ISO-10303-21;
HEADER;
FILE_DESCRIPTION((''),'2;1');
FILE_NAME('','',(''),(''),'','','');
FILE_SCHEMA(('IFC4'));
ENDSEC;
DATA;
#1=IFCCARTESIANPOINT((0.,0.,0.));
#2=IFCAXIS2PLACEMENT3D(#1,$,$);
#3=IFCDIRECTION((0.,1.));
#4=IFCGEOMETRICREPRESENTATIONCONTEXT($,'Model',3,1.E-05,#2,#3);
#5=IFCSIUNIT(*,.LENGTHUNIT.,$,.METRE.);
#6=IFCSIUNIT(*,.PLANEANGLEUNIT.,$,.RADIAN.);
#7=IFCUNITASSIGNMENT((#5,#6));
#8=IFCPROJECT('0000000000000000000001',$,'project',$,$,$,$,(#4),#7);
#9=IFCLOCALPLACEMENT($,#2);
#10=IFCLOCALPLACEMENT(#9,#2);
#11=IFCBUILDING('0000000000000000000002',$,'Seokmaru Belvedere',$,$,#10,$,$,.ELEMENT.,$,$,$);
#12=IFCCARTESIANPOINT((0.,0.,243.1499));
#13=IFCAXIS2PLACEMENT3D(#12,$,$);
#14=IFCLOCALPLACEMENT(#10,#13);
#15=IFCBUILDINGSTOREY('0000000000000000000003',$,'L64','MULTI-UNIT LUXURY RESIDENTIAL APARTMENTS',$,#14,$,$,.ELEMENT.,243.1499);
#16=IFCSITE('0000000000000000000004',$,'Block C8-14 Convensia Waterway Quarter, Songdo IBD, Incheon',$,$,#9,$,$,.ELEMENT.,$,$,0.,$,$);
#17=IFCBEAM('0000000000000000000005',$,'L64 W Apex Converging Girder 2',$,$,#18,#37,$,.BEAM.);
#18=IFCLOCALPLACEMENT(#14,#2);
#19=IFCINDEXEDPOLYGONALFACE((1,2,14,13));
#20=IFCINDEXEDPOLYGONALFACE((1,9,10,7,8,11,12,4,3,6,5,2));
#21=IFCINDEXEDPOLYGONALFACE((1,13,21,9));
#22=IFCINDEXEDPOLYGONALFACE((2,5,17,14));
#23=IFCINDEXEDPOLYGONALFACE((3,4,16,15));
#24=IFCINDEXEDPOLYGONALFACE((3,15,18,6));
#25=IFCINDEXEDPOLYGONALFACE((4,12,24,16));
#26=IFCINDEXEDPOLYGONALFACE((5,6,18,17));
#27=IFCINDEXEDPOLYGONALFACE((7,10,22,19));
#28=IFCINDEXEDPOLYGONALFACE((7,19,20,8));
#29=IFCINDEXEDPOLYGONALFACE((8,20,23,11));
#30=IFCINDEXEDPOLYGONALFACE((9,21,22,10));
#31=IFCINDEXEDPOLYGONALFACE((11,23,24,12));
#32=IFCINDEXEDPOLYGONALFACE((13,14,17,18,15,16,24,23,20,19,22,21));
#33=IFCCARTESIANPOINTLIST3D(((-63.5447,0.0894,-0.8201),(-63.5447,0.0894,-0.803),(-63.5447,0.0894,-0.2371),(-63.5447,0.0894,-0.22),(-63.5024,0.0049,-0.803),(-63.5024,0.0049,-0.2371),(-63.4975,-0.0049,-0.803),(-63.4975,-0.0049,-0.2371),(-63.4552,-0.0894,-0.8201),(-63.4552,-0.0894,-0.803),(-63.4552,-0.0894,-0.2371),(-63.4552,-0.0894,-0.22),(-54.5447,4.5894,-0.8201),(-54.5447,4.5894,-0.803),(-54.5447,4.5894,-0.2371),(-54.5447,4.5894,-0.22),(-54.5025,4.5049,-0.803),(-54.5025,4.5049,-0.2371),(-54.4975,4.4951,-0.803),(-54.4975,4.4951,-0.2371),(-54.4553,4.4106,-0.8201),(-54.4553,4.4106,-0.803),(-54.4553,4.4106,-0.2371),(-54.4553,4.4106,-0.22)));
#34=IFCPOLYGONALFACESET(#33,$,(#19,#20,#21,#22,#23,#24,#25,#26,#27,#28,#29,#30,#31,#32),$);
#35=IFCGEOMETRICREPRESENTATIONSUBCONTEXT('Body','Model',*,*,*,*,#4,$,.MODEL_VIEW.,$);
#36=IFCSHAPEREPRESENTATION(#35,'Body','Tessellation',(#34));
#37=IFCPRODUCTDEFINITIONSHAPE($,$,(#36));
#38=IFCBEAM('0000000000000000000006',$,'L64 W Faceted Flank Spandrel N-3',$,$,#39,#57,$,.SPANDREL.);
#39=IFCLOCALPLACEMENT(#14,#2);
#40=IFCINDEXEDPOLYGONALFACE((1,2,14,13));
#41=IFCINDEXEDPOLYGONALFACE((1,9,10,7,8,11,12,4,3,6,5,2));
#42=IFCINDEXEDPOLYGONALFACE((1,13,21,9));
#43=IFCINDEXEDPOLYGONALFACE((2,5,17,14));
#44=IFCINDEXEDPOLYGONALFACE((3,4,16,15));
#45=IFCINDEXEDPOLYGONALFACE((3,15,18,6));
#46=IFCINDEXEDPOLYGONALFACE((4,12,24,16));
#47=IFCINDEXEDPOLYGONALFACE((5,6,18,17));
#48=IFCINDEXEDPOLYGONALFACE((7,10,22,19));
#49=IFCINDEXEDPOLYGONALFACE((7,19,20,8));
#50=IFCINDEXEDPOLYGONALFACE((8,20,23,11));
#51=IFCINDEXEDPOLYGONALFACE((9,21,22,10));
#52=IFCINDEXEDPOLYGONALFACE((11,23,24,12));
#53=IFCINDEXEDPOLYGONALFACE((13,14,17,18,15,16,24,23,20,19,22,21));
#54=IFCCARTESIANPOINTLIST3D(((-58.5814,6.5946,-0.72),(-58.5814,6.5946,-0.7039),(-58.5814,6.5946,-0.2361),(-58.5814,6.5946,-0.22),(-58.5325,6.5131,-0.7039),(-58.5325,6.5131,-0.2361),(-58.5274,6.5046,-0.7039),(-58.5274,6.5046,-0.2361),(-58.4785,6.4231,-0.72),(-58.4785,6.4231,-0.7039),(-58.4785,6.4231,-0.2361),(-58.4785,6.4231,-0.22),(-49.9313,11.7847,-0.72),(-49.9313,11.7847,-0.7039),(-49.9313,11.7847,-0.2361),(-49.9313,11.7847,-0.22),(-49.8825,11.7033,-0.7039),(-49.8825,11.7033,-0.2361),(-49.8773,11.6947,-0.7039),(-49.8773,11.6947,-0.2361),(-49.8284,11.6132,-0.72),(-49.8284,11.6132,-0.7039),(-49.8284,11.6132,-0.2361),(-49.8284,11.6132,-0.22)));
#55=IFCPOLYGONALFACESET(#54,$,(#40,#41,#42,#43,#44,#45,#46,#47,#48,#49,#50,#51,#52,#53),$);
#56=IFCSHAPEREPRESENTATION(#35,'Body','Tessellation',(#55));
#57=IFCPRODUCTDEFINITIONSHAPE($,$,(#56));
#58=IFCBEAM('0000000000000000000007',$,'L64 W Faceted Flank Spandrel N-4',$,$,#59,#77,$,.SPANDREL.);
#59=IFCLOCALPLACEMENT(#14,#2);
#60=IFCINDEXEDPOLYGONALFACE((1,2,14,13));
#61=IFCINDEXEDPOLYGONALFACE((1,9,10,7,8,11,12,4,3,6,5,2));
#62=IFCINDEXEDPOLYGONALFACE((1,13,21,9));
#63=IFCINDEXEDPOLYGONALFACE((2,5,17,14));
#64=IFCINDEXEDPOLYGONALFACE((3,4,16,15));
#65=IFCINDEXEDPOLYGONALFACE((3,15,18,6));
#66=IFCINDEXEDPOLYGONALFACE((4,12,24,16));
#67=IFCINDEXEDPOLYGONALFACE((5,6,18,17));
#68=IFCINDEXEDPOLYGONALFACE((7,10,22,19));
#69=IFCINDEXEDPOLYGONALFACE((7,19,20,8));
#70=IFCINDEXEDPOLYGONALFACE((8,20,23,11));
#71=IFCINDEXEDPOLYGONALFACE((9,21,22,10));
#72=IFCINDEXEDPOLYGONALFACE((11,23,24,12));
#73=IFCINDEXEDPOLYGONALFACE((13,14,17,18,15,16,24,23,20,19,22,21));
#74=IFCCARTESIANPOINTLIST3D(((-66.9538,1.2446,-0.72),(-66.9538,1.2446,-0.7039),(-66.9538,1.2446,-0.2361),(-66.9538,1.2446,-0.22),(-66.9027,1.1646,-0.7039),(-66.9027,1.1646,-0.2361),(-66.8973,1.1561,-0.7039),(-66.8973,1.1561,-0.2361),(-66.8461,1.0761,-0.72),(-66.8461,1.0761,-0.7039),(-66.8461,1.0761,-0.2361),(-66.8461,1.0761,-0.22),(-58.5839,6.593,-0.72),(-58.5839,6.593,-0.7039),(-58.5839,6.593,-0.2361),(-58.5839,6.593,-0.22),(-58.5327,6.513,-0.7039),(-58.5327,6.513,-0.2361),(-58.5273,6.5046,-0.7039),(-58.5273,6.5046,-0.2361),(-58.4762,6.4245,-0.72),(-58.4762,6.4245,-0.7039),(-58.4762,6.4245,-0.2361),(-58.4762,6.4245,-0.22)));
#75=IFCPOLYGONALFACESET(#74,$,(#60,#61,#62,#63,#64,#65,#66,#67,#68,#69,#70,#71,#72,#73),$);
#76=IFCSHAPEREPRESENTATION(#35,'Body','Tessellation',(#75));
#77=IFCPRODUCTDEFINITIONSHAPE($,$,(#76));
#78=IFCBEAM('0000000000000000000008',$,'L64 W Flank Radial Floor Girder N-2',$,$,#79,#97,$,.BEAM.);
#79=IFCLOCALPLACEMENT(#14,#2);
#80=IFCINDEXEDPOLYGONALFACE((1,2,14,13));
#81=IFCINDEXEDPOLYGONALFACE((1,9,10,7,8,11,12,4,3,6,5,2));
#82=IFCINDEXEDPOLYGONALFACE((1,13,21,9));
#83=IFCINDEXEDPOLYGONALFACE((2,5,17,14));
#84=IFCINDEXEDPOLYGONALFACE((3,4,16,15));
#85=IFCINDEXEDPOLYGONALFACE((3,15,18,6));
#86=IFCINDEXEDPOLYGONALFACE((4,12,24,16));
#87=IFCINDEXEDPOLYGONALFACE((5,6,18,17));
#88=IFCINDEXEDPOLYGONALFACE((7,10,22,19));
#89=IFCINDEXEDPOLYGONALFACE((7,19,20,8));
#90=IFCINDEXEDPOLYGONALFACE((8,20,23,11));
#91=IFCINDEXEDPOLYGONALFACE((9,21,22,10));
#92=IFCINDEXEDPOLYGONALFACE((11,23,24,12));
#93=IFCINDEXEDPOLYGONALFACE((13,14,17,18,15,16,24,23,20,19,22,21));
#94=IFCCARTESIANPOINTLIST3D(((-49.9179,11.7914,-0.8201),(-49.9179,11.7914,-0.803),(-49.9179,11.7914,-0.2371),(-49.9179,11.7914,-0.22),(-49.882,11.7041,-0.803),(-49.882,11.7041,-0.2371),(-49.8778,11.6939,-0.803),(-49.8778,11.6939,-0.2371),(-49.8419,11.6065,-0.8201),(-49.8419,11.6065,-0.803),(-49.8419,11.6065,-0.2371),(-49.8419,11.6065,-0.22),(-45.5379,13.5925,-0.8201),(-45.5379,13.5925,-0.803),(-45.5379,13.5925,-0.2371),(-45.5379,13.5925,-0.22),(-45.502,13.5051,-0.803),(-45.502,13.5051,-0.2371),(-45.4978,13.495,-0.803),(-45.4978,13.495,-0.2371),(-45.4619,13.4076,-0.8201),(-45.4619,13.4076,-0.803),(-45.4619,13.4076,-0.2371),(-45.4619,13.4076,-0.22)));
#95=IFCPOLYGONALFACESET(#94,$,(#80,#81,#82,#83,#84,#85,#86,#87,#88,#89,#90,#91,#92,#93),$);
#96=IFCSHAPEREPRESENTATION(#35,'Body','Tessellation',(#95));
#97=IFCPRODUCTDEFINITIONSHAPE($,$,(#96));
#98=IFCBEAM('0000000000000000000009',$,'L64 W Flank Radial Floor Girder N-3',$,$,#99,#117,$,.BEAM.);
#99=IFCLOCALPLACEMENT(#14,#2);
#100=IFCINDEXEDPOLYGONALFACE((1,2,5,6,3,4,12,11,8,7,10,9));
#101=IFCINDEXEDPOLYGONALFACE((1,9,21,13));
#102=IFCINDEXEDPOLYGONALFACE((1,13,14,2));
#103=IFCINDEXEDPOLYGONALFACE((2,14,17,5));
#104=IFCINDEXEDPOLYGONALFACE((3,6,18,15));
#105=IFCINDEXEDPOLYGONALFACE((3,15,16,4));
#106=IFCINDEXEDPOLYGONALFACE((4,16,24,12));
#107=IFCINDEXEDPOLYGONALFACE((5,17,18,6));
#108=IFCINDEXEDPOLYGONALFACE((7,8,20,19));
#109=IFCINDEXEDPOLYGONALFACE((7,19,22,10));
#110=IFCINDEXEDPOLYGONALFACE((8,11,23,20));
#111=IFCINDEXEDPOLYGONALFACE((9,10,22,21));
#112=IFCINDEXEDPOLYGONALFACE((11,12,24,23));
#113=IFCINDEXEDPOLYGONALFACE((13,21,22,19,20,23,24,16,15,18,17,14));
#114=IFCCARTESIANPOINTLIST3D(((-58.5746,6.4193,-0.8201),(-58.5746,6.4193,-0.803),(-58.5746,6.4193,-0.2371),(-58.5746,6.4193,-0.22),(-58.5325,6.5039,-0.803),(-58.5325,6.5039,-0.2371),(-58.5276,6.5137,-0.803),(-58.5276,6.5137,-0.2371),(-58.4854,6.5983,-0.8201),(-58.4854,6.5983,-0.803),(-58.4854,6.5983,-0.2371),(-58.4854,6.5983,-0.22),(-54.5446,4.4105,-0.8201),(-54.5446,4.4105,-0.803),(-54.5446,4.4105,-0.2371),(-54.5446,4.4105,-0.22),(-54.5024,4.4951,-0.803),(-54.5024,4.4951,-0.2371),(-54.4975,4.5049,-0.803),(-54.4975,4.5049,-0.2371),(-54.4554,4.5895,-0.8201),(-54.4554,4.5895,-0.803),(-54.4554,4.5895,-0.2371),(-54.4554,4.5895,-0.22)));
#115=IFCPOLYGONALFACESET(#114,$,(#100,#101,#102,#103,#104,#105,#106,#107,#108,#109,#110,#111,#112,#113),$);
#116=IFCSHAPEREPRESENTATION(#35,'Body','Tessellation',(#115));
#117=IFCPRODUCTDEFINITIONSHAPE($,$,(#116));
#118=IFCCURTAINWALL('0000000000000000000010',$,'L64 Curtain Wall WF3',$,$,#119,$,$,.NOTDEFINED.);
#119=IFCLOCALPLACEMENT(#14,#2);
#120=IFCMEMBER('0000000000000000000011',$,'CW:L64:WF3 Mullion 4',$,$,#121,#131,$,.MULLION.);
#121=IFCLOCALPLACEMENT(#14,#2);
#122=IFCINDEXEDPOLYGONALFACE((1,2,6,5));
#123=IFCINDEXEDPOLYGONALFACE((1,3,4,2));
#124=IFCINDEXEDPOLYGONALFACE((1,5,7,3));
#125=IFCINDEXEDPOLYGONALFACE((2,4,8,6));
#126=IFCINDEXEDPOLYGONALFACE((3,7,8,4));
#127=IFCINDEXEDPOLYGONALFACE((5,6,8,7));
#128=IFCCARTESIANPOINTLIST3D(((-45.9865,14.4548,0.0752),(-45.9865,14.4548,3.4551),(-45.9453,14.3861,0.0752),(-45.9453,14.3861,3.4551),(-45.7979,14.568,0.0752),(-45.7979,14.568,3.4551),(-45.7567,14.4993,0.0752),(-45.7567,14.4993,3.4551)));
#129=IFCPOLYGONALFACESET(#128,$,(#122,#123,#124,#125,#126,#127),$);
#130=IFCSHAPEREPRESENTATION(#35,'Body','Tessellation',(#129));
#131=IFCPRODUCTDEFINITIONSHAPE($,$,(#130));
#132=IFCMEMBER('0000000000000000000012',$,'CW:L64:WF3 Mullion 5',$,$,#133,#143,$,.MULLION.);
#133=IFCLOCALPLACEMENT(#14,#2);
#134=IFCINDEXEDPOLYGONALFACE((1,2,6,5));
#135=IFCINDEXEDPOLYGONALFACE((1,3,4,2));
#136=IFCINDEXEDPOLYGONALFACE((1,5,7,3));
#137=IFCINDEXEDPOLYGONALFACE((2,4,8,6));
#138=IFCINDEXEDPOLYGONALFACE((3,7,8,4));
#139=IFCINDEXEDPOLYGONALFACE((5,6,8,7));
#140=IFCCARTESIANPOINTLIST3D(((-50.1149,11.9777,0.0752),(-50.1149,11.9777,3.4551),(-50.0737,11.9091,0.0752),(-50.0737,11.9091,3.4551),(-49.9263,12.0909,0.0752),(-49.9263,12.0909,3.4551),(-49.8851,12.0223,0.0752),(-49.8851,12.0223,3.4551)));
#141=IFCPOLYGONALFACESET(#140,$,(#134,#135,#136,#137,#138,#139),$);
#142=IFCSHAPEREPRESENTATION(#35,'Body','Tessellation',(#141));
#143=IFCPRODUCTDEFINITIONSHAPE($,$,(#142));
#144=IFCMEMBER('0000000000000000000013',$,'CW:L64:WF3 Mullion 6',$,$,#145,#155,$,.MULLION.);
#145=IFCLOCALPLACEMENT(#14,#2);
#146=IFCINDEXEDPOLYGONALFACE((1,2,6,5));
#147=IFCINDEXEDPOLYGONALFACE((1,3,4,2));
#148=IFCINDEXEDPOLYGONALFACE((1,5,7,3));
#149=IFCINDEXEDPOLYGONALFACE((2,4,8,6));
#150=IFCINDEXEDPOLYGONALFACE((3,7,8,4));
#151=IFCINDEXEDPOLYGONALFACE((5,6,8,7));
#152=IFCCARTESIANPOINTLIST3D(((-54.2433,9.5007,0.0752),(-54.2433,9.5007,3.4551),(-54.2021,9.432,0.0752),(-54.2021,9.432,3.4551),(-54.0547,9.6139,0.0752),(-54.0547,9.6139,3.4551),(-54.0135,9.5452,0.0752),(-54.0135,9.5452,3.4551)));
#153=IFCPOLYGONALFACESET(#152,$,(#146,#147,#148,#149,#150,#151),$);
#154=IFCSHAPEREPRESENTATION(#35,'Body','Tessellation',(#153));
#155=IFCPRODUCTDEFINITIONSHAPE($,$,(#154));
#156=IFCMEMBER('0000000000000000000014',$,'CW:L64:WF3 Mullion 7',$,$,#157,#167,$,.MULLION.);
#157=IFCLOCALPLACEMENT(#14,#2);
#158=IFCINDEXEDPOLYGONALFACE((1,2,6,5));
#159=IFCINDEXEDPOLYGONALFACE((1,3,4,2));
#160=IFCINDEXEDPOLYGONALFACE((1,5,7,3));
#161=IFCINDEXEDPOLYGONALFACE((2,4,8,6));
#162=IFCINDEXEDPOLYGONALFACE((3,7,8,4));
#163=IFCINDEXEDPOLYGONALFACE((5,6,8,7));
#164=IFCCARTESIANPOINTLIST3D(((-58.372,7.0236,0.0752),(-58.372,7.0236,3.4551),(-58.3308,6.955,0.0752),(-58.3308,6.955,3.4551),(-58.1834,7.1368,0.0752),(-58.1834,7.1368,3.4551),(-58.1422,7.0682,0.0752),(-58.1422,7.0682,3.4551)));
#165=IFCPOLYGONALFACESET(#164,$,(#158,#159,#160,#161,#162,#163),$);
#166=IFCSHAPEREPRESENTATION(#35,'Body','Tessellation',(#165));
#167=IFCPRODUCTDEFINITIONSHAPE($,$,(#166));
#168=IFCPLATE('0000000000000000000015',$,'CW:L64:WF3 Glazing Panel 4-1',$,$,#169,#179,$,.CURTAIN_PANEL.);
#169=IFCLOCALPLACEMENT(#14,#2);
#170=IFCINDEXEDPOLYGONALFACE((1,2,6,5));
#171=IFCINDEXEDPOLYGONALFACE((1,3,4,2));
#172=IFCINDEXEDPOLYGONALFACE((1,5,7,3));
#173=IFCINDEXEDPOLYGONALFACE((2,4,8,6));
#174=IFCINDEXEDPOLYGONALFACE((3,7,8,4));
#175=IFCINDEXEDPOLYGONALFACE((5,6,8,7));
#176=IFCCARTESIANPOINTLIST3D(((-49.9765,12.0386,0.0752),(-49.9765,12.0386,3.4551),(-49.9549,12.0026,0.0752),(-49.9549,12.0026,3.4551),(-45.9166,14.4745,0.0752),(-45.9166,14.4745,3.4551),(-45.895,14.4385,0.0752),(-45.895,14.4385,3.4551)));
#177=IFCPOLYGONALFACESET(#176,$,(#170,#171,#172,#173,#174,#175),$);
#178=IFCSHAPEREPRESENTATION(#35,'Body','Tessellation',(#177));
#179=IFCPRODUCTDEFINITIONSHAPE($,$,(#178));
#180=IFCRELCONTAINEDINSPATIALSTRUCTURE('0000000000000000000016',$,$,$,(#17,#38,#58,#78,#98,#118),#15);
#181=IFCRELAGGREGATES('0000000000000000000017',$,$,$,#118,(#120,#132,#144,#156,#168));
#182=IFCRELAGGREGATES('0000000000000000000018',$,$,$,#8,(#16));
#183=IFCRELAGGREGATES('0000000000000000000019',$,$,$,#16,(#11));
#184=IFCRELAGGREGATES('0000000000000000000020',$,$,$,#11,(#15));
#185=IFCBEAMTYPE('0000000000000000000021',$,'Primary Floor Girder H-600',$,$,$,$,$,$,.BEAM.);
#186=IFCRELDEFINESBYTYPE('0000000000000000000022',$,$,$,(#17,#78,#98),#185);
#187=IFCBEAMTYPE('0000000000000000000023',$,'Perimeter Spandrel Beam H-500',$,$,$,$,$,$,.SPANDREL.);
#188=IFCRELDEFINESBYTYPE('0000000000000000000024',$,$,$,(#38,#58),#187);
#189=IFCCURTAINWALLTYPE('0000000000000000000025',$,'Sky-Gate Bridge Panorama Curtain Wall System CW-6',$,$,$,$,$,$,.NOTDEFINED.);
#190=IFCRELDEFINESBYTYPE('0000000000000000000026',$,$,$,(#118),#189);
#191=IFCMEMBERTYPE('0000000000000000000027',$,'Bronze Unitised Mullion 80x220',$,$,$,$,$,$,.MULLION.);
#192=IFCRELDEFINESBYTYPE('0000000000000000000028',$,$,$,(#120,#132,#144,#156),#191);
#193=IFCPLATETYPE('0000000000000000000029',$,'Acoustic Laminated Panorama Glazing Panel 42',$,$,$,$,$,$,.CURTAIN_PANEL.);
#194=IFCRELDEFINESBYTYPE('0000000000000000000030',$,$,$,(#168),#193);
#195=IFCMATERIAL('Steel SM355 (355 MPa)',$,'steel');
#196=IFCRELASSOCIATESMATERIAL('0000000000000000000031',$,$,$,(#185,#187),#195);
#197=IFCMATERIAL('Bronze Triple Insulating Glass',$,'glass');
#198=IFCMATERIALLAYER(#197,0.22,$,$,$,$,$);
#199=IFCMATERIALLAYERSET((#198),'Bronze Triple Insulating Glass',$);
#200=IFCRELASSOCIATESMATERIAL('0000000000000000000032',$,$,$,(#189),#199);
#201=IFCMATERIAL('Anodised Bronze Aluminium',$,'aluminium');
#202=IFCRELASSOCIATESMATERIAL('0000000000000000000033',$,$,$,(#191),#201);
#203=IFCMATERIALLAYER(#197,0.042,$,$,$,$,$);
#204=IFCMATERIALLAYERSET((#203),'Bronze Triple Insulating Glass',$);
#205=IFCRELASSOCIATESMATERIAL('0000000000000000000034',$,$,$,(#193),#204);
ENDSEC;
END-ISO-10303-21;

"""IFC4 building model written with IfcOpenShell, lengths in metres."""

from ifc_helpers import new_model, si_unit, direction, frame, origin, origin_2d, place, context, subcontext, project, spatial, rectangle, i_section, extrude, source, transform, mapped, material, layer, layer_set, material_profile, profile_set, type_object, type_shapes, element, aggregate, save


model = new_model("IFC4")

# Units and contexts
model_context = context("Model", 3, precision=1e-05, world=origin(), true_north=direction((0.0, 1.0)))
body_context = subcontext(model_context, "Body", "Model", "MODEL_VIEW")
ifc_project = project(units=[si_unit("LENGTHUNIT", "METRE"), si_unit("PLANEANGLEUNIT", "RADIAN")], contexts=[model_context])

# Site, building, storey
site_placement = place(None, origin())
site = spatial("IfcSite", under=ifc_project, at=site_placement, Name="Block C8-14 Convensia Waterway Quarter, Songdo IBD, Incheon", CompositionType="ELEMENT", RefElevation=0.0)
building_placement = place(site_placement, origin())
building = spatial("IfcBuilding", under=site, at=building_placement, Name="Seokmaru Belvedere", CompositionType="ELEMENT")
storey_placement = place(building_placement, frame((0.0, 0.0, 243.1499)))
storey = spatial("IfcBuildingStorey", under=building, at=storey_placement, Name="L64", Description="MULTI-UNIT LUXURY RESIDENTIAL APARTMENTS", CompositionType="ELEMENT", Elevation=243.1499)

# Shared definitions
ifc_material_1 = material(Name="Steel SM355 (355 MPa)", Category="steel")

# Beams
ifc_material_profile_1 = material_profile(ifc_material_1, i_section(OverallWidth=0.2, OverallDepth=0.6001, WebThickness=0.011, FlangeThickness=0.0171, at=origin_2d()), Name="H-600x200x11x17")
ifc_profile_set_1 = profile_set([ifc_material_profile_1], Name="Steel SM355 (355 MPa)")
beam_type_1 = type_object("IfcBeamType", Name="Primary Floor Girder H-600", PredefinedType="BEAM", material=ifc_profile_set_1)
shared_shape_1 = source(origin(), body_context, "Body", "SweptSolid", [
    extrude(i_section(OverallWidth=0.2, OverallDepth=0.6001, WebThickness=0.011, FlangeThickness=0.0171, at=origin_2d()), origin(), (0.0, 0.0, 1.0), 10.0623),
])
beam_1_placement = place(storey_placement, frame((-54.5, 4.5, -0.52), z_axis=(-0.894427, -0.447214, 0.0), x_axis=(0.447214, -0.894427, 0.0)))
element("IfcBeam", 1, at=beam_1_placement, inside=storey, type_object=beam_type_1, Name="L64 W Apex Converging Girder 2", PredefinedType="BEAM", context=body_context, shape_type="MappedRepresentation", body=[
    mapped(shared_shape_1, transform((0.0, 0.0, 0.0), scale=1.0)),
])
ifc_material_profile_2 = material_profile(ifc_material_1, i_section(OverallWidth=0.2, OverallDepth=0.5, WebThickness=0.01, FlangeThickness=0.0161, at=origin_2d()), Name="H-500x200x10x16")
ifc_profile_set_2 = profile_set([ifc_material_profile_2], Name="Steel SM355 (355 MPa)")
beam_type_2 = type_object("IfcBeamType", Name="Perimeter Spandrel Beam H-500", PredefinedType="SPANDREL", material=ifc_profile_set_2)
shared_shape_2 = source(origin(), body_context, "Body", "SweptSolid", [
    extrude(i_section(OverallWidth=0.2, OverallDepth=0.5, WebThickness=0.01, FlangeThickness=0.0161, at=origin_2d()), origin(), (0.0, 0.0, 1.0), 10.0876),
])
beam_2_placement = place(storey_placement, frame((-49.8799, 11.699, -0.47), z_axis=(-0.857489, -0.514503, 0.0), x_axis=(0.514503, -0.857489, 0.0)))
element("IfcBeam", 2, at=beam_2_placement, inside=storey, type_object=beam_type_2, Name="L64 W Faceted Flank Spandrel N-3", PredefinedType="SPANDREL", context=body_context, shape_type="MappedRepresentation", body=[
    mapped(shared_shape_2, transform((0.0, 0.0, 0.0), scale=1.0)),
])
shared_shape_3 = source(origin(), body_context, "Body", "SweptSolid", [
    extrude(i_section(OverallWidth=0.2, OverallDepth=0.5, WebThickness=0.01, FlangeThickness=0.0161, at=origin_2d()), origin(), (0.0, 0.0, 1.0), 9.9329),
])
type_shapes(beam_type_2, [shared_shape_2, shared_shape_3])
beam_3_placement = place(storey_placement, frame((-58.53, 6.5088, -0.47), z_axis=(-0.842652, -0.538459, 0.0), x_axis=(0.538459, -0.842652, 0.0)))
element("IfcBeam", 3, at=beam_3_placement, inside=storey, type_object=beam_type_2, Name="L64 W Faceted Flank Spandrel N-4", PredefinedType="SPANDREL", context=body_context, shape_type="MappedRepresentation", body=[
    mapped(shared_shape_3, transform((0.0, 0.0, 0.0), scale=1.0)),
])
shared_shape_4 = source(origin(), body_context, "Body", "SweptSolid", [
    extrude(i_section(OverallWidth=0.2, OverallDepth=0.6001, WebThickness=0.011, FlangeThickness=0.0171, at=origin_2d()), origin(), (0.0, 0.0, 1.0), 4.7358),
])
beam_4_placement = place(storey_placement, frame((-49.8799, 11.699, -0.52), z_axis=(0.924861, 0.380306, 0.0), x_axis=(-0.380306, 0.924861, 0.0)))
element("IfcBeam", 4, at=beam_4_placement, inside=storey, type_object=beam_type_1, Name="L64 W Flank Radial Floor Girder N-2", PredefinedType="BEAM", context=body_context, shape_type="MappedRepresentation", body=[
    mapped(shared_shape_4, transform((0.0, 0.0, 0.0), scale=1.0)),
])
shared_shape_5 = source(origin(), body_context, "Body", "SweptSolid", [
    extrude(i_section(OverallWidth=0.2, OverallDepth=0.6001, WebThickness=0.011, FlangeThickness=0.0171, at=origin_2d()), origin(), (0.0, 0.0, 1.0), 4.5029),
])
beam_5_placement = place(storey_placement, frame((-58.53, 6.5088, -0.52), z_axis=(0.89498, -0.446107, 0.0), x_axis=(0.446107, 0.89498, 0.0)))
element("IfcBeam", 5, at=beam_5_placement, inside=storey, type_object=beam_type_1, Name="L64 W Flank Radial Floor Girder N-3", PredefinedType="BEAM", context=body_context, shape_type="MappedRepresentation", body=[
    mapped(shared_shape_5, transform((0.0, 0.0, 0.0), scale=1.0)),
])

# Curtain wall, members, plate
ifc_material_2 = material(Name="Bronze Triple Insulating Glass", Category="glass")
ifc_layer_1 = layer(ifc_material_2, 0.22)
ifc_layer_set_1 = layer_set([ifc_layer_1], Name="Bronze Triple Insulating Glass")
curtain_wall_type = type_object("IfcCurtainWallType", Name="Sky-Gate Bridge Panorama Curtain Wall System CW-6", PredefinedType="NOTDEFINED", material=ifc_layer_set_1)
curtain_wall_placement = place(storey_placement, origin())
curtain_wall = element("IfcCurtainWall", 6, at=curtain_wall_placement, inside=storey, type_object=curtain_wall_type, Name="L64 Curtain Wall WF3", PredefinedType="NOTDEFINED")
ifc_material_3 = material(Name="Anodised Bronze Aluminium", Category="aluminium")
ifc_material_profile_3 = material_profile(ifc_material_3, rectangle(XDim=0.0801, YDim=0.22, at=origin_2d()), Name="CW-M-80x220")
ifc_profile_set_3 = profile_set([ifc_material_profile_3], Name="Anodised Bronze Aluminium")
member_type = type_object("IfcMemberType", Name="Bronze Unitised Mullion 80x220", PredefinedType="MULLION", material=ifc_profile_set_3)
shared_shape_6 = source(origin(), body_context, "Body", "SweptSolid", [
    extrude(rectangle(XDim=0.0801, YDim=0.22, at=origin_2d()), origin(), (0.0, 0.0, 1.0), 3.3799),
])
type_shapes(member_type, [shared_shape_6])
member_1_placement = place(storey_placement, frame((-45.8716, 14.4771, 0.0752), z_axis=(0.0, 0.0, 1.0), x_axis=(0.514495, -0.857493, 0.0)))
member_1 = element("IfcMember", 7, at=member_1_placement, type_object=member_type, Name="CW:L64:WF3 Mullion 4", PredefinedType="MULLION", context=body_context, shape_type="MappedRepresentation", body=[
    mapped(shared_shape_6, transform((0.0, 0.0, 0.0), scale=1.0)),
])
member_2_placement = place(storey_placement, frame((-50.0, 12.0, 0.0752), z_axis=(0.0, 0.0, 1.0), x_axis=(0.514495, -0.857493, 0.0)))
member_2 = element("IfcMember", 8, at=member_2_placement, type_object=member_type, Name="CW:L64:WF3 Mullion 5", PredefinedType="MULLION", context=body_context, shape_type="MappedRepresentation", body=[
    mapped(shared_shape_6, transform((0.0, 0.0, 0.0), scale=1.0)),
])
member_3_placement = place(storey_placement, frame((-54.1284, 9.5229, 0.0752), z_axis=(0.0, 0.0, 1.0), x_axis=(0.514495, -0.857493, 0.0)))
member_3 = element("IfcMember", 9, at=member_3_placement, type_object=member_type, Name="CW:L64:WF3 Mullion 6", PredefinedType="MULLION", context=body_context, shape_type="MappedRepresentation", body=[
    mapped(shared_shape_6, transform((0.0, 0.0, 0.0), scale=1.0)),
])
member_4_placement = place(storey_placement, frame((-58.2571, 7.0459, 0.0752), z_axis=(0.0, 0.0, 1.0), x_axis=(0.514495, -0.857493, 0.0)))
member_4 = element("IfcMember", 10, at=member_4_placement, type_object=member_type, Name="CW:L64:WF3 Mullion 7", PredefinedType="MULLION", context=body_context, shape_type="MappedRepresentation", body=[
    mapped(shared_shape_6, transform((0.0, 0.0, 0.0), scale=1.0)),
])
ifc_layer_2 = layer(ifc_material_2, 0.042)
ifc_layer_set_2 = layer_set([ifc_layer_2], Name="Bronze Triple Insulating Glass")
plate_type = type_object("IfcPlateType", Name="Acoustic Laminated Panorama Glazing Panel 42", PredefinedType="CURTAIN_PANEL", material=ifc_layer_set_2)
shared_shape_7 = source(origin(), body_context, "Body", "SweptSolid", [
    extrude(rectangle(XDim=4.7346, YDim=0.042, at=origin_2d()), origin(), (0.0, 0.0, 1.0), 3.3799),
])
type_shapes(plate_type, [shared_shape_7])
plate_1_placement = place(storey_placement, frame((-47.9358, 13.2385, 0.0752), z_axis=(0.0, 0.0, 1.0), x_axis=(-0.857493, -0.514495, 0.0)))
plate_1 = element("IfcPlate", 11, at=plate_1_placement, type_object=plate_type, Name="CW:L64:WF3 Glazing Panel 4-1", PredefinedType="CURTAIN_PANEL", context=body_context, shape_type="MappedRepresentation", body=[
    mapped(shared_shape_7, transform((0.0, 0.0, 0.0), scale=1.0)),
])
aggregate(curtain_wall, [member_1, member_2, member_3, member_4, plate_1])

save(model, "model.ifc")
